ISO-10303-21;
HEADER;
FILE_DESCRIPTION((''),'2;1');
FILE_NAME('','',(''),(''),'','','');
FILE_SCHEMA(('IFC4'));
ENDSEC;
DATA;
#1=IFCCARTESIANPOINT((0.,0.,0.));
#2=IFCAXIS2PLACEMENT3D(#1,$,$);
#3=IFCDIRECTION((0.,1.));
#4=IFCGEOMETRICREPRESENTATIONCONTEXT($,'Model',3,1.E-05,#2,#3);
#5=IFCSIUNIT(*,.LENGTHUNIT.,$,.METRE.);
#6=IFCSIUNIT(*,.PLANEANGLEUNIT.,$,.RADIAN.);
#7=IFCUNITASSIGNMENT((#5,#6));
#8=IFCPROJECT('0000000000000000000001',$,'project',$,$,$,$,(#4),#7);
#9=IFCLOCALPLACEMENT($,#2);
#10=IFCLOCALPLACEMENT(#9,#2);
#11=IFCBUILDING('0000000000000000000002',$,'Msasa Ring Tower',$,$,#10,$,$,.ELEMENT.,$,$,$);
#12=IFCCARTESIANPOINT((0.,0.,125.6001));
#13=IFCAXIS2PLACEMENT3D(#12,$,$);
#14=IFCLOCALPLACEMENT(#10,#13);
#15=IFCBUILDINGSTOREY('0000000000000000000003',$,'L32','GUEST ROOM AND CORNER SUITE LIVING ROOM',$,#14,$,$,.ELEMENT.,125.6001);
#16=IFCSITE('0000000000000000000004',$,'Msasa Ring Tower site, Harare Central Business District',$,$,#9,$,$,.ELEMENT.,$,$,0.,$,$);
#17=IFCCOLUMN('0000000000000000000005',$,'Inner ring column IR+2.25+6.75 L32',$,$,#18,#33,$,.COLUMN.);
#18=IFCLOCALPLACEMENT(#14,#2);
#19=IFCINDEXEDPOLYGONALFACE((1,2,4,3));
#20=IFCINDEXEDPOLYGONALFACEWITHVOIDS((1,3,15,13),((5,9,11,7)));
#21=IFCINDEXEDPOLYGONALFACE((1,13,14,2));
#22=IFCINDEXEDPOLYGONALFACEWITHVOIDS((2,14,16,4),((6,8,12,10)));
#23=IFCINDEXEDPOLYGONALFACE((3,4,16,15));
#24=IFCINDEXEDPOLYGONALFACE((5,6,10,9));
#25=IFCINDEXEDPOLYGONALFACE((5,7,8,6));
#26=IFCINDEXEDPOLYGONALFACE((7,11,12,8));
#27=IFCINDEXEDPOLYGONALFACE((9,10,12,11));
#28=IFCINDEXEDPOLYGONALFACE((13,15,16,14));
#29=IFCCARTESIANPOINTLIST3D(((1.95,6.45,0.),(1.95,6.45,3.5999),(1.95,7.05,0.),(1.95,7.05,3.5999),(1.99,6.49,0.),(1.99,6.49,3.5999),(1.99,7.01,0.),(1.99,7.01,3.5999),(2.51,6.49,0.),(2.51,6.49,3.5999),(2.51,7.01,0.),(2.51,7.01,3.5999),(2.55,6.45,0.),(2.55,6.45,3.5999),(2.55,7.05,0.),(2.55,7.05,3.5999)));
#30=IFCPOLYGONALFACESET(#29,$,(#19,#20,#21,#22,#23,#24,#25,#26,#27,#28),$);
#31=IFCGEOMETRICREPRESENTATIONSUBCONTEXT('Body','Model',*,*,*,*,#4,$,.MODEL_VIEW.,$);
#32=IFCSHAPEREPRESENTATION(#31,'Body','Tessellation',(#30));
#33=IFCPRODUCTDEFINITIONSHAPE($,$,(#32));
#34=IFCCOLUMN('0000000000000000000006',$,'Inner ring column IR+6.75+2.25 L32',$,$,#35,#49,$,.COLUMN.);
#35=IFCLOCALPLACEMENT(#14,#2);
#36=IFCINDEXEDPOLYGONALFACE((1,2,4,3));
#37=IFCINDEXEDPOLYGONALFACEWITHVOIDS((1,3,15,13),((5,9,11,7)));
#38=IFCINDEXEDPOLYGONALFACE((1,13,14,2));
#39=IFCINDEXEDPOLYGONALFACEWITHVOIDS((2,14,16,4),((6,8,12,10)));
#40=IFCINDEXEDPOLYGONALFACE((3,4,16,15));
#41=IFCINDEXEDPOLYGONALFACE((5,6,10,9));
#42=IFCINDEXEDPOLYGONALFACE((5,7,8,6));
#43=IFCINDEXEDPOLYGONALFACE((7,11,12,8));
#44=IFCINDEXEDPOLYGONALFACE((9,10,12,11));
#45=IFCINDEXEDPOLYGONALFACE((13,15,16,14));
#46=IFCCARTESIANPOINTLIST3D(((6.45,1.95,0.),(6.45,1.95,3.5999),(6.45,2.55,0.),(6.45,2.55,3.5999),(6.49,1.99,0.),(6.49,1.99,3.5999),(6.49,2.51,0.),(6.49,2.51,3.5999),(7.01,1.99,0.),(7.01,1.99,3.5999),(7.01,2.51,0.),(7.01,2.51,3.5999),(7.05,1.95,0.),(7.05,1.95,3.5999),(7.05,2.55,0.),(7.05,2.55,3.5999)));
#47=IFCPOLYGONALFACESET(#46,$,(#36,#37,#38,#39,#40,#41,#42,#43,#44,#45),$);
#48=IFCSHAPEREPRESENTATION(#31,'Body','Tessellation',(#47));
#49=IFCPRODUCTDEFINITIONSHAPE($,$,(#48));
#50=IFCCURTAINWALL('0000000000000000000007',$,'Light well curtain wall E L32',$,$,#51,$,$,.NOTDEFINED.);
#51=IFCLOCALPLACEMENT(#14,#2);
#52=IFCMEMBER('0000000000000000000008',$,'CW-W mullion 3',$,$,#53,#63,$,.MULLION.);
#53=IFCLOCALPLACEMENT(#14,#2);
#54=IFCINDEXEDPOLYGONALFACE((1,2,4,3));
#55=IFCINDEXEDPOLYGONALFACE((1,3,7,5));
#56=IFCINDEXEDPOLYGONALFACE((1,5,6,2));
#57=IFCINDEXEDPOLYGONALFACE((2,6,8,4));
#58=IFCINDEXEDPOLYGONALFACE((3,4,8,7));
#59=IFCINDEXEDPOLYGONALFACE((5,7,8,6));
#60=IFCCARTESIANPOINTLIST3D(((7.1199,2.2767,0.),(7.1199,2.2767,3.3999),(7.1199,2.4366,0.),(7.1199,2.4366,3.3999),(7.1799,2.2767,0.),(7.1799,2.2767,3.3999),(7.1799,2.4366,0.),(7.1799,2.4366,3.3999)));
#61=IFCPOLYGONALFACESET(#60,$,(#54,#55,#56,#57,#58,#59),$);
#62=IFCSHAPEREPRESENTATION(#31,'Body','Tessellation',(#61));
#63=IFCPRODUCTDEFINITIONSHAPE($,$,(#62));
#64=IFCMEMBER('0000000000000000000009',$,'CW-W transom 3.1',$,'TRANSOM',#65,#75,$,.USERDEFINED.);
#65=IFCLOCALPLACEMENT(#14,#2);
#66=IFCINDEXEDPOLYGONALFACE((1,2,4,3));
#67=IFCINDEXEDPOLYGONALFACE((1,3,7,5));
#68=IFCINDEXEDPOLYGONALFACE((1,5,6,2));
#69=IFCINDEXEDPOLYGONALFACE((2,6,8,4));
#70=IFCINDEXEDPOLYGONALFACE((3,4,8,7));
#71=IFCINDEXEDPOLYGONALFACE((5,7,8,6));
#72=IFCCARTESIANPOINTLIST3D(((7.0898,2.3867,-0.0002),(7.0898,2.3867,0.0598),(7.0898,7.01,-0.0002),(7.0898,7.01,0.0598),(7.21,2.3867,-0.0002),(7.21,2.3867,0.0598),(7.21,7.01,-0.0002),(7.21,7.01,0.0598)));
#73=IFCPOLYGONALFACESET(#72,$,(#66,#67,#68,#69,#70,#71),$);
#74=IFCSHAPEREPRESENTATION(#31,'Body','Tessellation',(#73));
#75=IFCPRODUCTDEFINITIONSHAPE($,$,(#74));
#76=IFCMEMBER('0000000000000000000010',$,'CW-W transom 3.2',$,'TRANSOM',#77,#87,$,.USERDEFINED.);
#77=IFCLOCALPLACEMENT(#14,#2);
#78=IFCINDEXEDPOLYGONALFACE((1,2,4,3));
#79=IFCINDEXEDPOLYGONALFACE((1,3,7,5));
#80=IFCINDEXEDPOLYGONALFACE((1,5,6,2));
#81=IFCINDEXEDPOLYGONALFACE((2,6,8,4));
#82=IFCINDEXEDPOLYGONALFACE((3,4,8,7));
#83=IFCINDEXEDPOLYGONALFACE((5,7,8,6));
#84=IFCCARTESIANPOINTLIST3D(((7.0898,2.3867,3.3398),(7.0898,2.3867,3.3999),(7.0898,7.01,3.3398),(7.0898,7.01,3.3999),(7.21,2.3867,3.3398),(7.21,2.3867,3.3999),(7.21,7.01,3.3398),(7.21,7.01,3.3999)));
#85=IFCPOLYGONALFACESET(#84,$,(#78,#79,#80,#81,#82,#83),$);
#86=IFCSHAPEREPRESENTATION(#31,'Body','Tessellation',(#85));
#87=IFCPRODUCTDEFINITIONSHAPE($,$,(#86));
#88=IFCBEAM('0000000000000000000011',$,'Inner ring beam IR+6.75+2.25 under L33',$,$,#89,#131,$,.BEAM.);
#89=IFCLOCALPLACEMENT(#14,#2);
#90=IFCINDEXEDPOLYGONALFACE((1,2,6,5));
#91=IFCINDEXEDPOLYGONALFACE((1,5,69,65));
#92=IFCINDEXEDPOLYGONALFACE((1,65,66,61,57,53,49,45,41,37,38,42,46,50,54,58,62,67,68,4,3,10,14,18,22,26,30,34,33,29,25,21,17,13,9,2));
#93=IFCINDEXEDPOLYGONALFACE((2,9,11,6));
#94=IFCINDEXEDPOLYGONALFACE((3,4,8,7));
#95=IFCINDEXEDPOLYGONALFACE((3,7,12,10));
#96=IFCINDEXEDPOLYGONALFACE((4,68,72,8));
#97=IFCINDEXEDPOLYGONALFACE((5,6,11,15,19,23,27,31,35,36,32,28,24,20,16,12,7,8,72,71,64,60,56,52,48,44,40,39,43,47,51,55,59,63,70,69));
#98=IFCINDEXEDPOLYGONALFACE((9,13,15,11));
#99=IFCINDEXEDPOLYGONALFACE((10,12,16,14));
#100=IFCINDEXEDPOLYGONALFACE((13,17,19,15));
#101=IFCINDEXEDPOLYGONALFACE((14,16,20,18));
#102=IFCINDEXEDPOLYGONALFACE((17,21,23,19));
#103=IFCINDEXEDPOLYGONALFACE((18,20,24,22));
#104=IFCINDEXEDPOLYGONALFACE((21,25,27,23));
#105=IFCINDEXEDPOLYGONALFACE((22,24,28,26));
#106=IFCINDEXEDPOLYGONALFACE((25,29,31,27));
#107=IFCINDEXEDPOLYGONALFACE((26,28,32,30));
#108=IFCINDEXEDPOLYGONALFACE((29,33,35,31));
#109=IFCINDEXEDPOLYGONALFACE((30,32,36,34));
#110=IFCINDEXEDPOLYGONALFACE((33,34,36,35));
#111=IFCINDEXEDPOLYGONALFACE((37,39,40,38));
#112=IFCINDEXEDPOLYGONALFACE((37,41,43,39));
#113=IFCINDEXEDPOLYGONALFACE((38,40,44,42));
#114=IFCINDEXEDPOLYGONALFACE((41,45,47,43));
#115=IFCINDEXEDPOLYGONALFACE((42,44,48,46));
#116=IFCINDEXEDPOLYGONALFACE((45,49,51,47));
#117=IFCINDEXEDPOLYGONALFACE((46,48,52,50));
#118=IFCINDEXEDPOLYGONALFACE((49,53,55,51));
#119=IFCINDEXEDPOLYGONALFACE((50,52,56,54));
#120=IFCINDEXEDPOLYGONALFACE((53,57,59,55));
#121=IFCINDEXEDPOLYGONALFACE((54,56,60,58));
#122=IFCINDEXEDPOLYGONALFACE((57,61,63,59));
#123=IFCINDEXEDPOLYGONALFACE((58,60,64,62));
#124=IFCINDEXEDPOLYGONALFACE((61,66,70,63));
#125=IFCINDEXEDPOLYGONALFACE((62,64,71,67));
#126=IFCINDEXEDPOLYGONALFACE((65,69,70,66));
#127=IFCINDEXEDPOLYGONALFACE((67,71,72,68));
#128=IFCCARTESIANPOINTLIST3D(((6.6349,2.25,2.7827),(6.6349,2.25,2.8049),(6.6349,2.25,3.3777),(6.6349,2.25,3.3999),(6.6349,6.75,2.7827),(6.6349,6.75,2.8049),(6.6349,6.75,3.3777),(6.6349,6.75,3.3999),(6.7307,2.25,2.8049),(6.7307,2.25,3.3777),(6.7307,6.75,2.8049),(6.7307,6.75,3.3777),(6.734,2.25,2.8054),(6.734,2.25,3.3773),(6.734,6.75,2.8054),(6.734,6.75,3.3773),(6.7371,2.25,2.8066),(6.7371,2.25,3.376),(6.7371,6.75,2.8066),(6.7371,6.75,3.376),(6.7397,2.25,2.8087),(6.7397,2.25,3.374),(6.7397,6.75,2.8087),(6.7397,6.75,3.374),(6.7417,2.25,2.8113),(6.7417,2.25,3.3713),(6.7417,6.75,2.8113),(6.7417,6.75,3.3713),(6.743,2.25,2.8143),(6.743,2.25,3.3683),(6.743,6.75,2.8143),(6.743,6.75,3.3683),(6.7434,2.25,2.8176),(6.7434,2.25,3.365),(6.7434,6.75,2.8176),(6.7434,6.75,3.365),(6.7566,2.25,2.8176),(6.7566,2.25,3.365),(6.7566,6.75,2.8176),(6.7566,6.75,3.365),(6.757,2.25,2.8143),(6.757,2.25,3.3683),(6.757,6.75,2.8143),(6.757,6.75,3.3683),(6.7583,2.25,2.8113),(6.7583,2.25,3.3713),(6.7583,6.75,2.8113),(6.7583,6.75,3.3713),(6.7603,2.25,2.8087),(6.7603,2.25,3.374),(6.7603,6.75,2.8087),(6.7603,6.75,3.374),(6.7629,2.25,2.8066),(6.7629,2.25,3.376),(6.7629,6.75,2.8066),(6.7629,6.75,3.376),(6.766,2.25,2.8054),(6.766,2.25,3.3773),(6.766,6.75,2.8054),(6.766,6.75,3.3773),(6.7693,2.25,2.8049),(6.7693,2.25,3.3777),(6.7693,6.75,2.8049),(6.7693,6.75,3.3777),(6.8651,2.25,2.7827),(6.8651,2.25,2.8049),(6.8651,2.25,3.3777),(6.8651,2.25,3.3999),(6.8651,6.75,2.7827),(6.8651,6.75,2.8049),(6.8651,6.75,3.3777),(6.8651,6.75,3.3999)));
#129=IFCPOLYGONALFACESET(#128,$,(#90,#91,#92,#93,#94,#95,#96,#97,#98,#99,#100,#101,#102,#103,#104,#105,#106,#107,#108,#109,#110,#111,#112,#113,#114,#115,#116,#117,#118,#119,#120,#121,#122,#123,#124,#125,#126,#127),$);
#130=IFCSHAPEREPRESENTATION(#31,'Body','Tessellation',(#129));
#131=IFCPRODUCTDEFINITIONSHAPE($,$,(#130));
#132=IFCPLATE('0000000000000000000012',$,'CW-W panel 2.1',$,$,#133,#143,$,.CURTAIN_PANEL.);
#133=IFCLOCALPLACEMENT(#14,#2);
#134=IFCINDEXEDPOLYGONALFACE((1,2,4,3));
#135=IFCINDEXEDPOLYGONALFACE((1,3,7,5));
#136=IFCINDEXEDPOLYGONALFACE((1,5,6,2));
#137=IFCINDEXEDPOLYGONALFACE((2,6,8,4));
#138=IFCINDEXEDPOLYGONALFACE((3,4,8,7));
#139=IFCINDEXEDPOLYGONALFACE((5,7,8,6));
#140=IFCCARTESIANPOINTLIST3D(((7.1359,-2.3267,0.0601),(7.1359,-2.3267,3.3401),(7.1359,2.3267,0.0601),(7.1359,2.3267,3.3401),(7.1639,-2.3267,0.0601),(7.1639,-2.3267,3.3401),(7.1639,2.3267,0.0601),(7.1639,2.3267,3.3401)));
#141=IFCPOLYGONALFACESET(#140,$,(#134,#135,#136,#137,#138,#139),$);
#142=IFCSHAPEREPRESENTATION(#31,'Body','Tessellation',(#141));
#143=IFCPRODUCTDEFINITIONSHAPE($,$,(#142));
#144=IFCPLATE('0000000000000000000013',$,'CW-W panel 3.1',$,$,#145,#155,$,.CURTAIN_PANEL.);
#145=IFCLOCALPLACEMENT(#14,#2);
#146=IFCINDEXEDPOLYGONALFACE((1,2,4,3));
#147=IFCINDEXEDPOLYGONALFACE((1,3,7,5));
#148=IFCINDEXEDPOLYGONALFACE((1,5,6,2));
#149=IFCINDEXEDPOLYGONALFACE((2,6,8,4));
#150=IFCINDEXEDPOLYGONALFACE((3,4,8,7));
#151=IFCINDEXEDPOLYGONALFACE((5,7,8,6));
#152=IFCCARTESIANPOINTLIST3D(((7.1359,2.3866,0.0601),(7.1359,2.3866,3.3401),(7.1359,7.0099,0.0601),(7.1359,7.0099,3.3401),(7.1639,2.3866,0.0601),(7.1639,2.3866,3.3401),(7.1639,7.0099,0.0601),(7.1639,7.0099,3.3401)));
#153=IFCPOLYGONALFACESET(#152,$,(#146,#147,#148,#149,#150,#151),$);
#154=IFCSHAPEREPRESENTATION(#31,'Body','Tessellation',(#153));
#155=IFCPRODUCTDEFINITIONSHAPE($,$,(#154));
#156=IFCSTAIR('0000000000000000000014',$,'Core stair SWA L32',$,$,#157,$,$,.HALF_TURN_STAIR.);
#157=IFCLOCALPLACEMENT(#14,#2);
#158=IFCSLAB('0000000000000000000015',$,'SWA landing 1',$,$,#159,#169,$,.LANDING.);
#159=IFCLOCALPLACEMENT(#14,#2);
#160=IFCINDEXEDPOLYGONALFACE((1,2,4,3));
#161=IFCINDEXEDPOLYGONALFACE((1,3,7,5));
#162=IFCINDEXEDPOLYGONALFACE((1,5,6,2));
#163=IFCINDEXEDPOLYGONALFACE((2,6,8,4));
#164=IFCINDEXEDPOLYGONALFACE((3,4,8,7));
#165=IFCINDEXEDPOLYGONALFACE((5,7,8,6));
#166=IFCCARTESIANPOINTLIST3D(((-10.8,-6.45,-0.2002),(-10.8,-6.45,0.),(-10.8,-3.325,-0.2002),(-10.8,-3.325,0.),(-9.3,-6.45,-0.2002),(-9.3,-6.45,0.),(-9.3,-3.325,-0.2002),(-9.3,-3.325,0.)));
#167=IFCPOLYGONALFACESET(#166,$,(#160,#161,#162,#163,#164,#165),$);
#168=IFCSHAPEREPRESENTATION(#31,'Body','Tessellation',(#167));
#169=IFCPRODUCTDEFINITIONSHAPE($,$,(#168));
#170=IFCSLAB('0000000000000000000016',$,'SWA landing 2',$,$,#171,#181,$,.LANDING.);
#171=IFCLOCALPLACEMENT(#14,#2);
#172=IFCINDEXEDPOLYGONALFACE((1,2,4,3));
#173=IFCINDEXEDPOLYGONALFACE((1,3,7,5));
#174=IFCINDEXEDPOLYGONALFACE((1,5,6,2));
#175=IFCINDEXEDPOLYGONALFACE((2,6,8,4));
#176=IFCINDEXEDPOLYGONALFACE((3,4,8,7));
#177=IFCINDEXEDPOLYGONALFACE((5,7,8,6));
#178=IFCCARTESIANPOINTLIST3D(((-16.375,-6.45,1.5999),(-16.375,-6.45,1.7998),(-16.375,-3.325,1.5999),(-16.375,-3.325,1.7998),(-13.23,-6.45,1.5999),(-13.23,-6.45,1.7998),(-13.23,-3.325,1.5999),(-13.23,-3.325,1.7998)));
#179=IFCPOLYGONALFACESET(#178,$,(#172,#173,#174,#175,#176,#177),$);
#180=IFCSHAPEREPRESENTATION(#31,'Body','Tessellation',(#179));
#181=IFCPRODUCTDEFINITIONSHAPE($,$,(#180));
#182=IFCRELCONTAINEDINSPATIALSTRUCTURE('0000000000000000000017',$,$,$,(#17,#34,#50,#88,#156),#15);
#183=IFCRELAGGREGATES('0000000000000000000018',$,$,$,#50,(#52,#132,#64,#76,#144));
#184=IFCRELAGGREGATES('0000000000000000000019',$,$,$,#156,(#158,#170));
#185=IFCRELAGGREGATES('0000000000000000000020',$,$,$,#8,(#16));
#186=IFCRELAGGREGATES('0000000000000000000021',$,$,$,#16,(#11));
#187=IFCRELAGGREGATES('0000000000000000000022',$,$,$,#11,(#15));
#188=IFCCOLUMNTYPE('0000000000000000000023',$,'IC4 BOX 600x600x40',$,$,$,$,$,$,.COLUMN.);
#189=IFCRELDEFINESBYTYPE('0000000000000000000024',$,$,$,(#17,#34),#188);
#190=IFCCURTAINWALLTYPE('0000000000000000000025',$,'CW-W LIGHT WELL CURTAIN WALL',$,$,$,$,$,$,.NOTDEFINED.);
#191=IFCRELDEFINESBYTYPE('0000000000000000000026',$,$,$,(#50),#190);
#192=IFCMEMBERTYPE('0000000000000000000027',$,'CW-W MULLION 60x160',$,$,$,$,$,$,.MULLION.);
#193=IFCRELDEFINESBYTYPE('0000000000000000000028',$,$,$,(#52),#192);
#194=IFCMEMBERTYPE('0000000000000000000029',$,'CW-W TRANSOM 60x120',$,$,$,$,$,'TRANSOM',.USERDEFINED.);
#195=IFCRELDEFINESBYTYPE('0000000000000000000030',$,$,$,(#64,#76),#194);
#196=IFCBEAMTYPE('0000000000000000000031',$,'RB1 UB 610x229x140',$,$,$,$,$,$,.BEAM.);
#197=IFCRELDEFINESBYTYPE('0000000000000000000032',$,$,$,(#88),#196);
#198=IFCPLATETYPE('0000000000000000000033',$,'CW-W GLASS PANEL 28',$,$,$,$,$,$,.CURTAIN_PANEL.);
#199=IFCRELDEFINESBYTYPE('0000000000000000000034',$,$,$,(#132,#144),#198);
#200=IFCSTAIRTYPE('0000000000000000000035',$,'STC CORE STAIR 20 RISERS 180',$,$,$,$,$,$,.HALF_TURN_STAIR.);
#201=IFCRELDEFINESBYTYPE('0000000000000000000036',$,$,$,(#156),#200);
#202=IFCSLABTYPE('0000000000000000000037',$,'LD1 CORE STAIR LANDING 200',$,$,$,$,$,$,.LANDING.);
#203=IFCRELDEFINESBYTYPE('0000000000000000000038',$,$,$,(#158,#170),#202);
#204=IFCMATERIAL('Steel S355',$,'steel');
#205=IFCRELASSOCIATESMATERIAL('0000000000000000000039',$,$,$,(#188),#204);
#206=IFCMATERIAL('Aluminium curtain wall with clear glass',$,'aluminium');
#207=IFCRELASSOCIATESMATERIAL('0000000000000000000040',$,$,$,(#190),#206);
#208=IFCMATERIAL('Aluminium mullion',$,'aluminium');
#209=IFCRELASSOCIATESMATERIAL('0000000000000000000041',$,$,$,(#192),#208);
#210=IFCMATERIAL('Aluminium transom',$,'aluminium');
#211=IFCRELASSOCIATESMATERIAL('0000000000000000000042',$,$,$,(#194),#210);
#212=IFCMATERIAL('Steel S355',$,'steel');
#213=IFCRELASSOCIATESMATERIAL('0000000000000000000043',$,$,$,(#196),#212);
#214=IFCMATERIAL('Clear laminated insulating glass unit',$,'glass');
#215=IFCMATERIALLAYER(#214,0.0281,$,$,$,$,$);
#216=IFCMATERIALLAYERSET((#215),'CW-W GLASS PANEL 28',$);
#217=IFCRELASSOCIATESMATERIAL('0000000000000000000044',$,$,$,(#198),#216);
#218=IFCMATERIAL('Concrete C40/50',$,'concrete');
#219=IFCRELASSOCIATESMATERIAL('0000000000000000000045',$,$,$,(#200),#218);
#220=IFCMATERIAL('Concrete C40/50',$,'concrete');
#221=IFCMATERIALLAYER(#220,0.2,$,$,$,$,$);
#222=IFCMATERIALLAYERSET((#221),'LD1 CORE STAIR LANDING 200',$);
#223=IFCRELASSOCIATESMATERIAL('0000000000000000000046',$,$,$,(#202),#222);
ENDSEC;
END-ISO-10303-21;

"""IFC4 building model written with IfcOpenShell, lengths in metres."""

from ifc_helpers import new_model, si_unit, direction, frame, origin, origin_2d, place, context, subcontext, project, spatial, polyline, rectangle, hollow_rectangle, i_section, outline, extrude, material, layer, layer_set, material_profile, profile_set, type_object, element, aggregate, save


model = new_model("IFC4")

# Units and contexts
model_context = context("Model", 3, precision=1e-05, world=origin(), true_north=direction((0.0, 1.0)))
body_context = subcontext(model_context, "Body", "Model", "MODEL_VIEW")
ifc_project = project(units=[si_unit("LENGTHUNIT", "METRE"), si_unit("PLANEANGLEUNIT", "RADIAN")], contexts=[model_context])

# Site, building, storey
site_placement = place(None, origin())
site = spatial("IfcSite", under=ifc_project, at=site_placement, Name="Msasa Ring Tower site, Harare Central Business District", CompositionType="ELEMENT", RefElevation=0.0)
building_placement = place(site_placement, origin())
building = spatial("IfcBuilding", under=site, at=building_placement, Name="Msasa Ring Tower", CompositionType="ELEMENT")
storey_placement = place(building_placement, frame((0.0, 0.0, 125.6001)))
storey = spatial("IfcBuildingStorey", under=building, at=storey_placement, Name="L32", Description="GUEST ROOM AND CORNER SUITE LIVING ROOM", CompositionType="ELEMENT", Elevation=125.6001)

# Columns
ifc_material_1 = material(Name="Steel S355", Category="steel")
ifc_material_profile_1 = material_profile(ifc_material_1, hollow_rectangle(XDim=0.6001, YDim=0.6001, WallThickness=0.04, at=origin_2d()), Name="BOX 600x600x40")
ifc_profile_set_1 = profile_set([ifc_material_profile_1], Name="Steel S355")
column_type = type_object("IfcColumnType", Name="IC4 BOX 600x600x40", PredefinedType="COLUMN", material=ifc_profile_set_1)
for number, where, z_axis, x_axis, name in (
    (1, (2.25, 6.75, 0.0), (0.0, 0.0, 1.0), (1.0, 0.0, 0.0), "Inner ring column IR+2.25+6.75 L32"),
    (2, (6.75, 2.25, 0.0), (0.0, 0.0, 1.0), (1.0, 0.0, 0.0), "Inner ring column IR+6.75+2.25 L32"),
):
    element("IfcColumn", number, at=place(storey_placement, frame(where, z_axis=z_axis, x_axis=x_axis)), inside=storey, type_object=column_type, Name=name, PredefinedType="COLUMN", context=body_context, shape_type="SweptSolid", body=[
        extrude(hollow_rectangle(XDim=0.6001, YDim=0.6001, WallThickness=0.04, at=origin_2d()), origin(), (0.0, 0.0, 1.0), 3.5999),
    ])

# Curtain wall, members
ifc_material_2 = material(Name="Aluminium curtain wall with clear glass", Category="aluminium")
curtain_wall_type = type_object("IfcCurtainWallType", Name="CW-W LIGHT WELL CURTAIN WALL", PredefinedType="NOTDEFINED", material=ifc_material_2)
curtain_wall_placement = place(storey_placement, origin())
curtain_wall = element("IfcCurtainWall", 3, at=curtain_wall_placement, inside=storey, type_object=curtain_wall_type, Name="Light well curtain wall E L32", PredefinedType="NOTDEFINED")
ifc_material_3 = material(Name="Aluminium mullion", Category="aluminium")
ifc_material_profile_2 = material_profile(ifc_material_3, rectangle(XDim=0.0601, YDim=0.1599, at=origin_2d()), Name="AL 60x160")
ifc_profile_set_2 = profile_set([ifc_material_profile_2], Name="Aluminium mullion")
member_type_1 = type_object("IfcMemberType", Name="CW-W MULLION 60x160", PredefinedType="MULLION", material=ifc_profile_set_2)
member_1_placement = place(storey_placement, frame((7.1499, 2.3567, 0.0), z_axis=(0.0, 0.0, 1.0), x_axis=(-1.0, 0.0, 0.0)))
member_1 = element("IfcMember", 4, at=member_1_placement, type_object=member_type_1, Name="CW-W mullion 3", PredefinedType="MULLION", context=body_context, shape_type="SweptSolid", body=[
    extrude(rectangle(XDim=0.0601, YDim=0.1599, at=origin_2d()), origin(), (0.0, 0.0, 1.0), 3.3999),
])
ifc_material_4 = material(Name="Aluminium transom", Category="aluminium")
ifc_material_profile_3 = material_profile(ifc_material_4, rectangle(XDim=0.1201, YDim=0.0601, at=origin_2d()), Name="AL 60x120")
ifc_profile_set_3 = profile_set([ifc_material_profile_3], Name="Aluminium transom")
member_type_2 = type_object("IfcMemberType", Name="CW-W TRANSOM 60x120", ElementType="TRANSOM", PredefinedType="USERDEFINED", material=ifc_profile_set_3)
member_2_placement = place(storey_placement, frame((7.1499, 2.3867, 0.0298), z_axis=(0.0, 1.0, 0.0), x_axis=(-1.0, 0.0, 0.0)))
member_2 = element("IfcMember", 5, at=member_2_placement, type_object=member_type_2, Name="CW-W transom 3.1", ObjectType="TRANSOM", PredefinedType="USERDEFINED", context=body_context, shape_type="SweptSolid", body=[
    extrude(rectangle(XDim=0.1201, YDim=0.0601, at=origin_2d()), origin(), (0.0, 0.0, 1.0), 4.6233),
])
member_3_placement = place(storey_placement, frame((7.1499, 2.3867, 3.3699), z_axis=(0.0, 1.0, 0.0), x_axis=(-1.0, 0.0, 0.0)))
member_3 = element("IfcMember", 6, at=member_3_placement, type_object=member_type_2, Name="CW-W transom 3.2", ObjectType="TRANSOM", PredefinedType="USERDEFINED", context=body_context, shape_type="SweptSolid", body=[
    extrude(rectangle(XDim=0.1201, YDim=0.0601, at=origin_2d()), origin(), (0.0, 0.0, 1.0), 4.6233),
])

# Beam
ifc_material_5 = material(Name="Steel S355", Category="steel")
ifc_material_profile_4 = material_profile(ifc_material_5, i_section(OverallWidth=0.2302, OverallDepth=0.6172, WebThickness=0.0132, FlangeThickness=0.0222, FilletRadius=0.0127, at=origin_2d()), Name="UB 610x229x140")
ifc_profile_set_4 = profile_set([ifc_material_profile_4], Name="Steel S355")
beam_type = type_object("IfcBeamType", Name="RB1 UB 610x229x140", PredefinedType="BEAM", material=ifc_profile_set_4)
beam_placement = place(storey_placement, frame((6.75, 2.25, 3.0913), z_axis=(0.0, 1.0, 0.0), x_axis=(-1.0, 0.0, 0.0)))
element("IfcBeam", 7, at=beam_placement, inside=storey, type_object=beam_type, Name="Inner ring beam IR+6.75+2.25 under L33", PredefinedType="BEAM", context=body_context, shape_type="SweptSolid", body=[
    extrude(i_section(OverallWidth=0.2302, OverallDepth=0.6172, WebThickness=0.0132, FlangeThickness=0.0222, FilletRadius=0.0127, at=origin_2d()), origin(), (0.0, 0.0, 1.0), 4.5),
])

# Plates
ifc_material_6 = material(Name="Clear laminated insulating glass unit", Category="glass")
ifc_layer_1 = layer(ifc_material_6, 0.0281)
ifc_layer_set_1 = layer_set([ifc_layer_1], Name="CW-W GLASS PANEL 28")
plate_type = type_object("IfcPlateType", Name="CW-W GLASS PANEL 28", PredefinedType="CURTAIN_PANEL", material=ifc_layer_set_1)
plate_1_placement = place(storey_placement, frame((7.1499, 0.0, 0.0601), z_axis=(0.0, 0.0, 1.0), x_axis=(0.0, 1.0, 0.0)))
plate_1 = element("IfcPlate", 8, at=plate_1_placement, type_object=plate_type, Name="CW-W panel 2.1", PredefinedType="CURTAIN_PANEL", context=body_context, shape_type="SweptSolid", body=[
    extrude(rectangle(XDim=4.6533, YDim=0.0281, at=origin_2d()), origin(), (0.0, 0.0, 1.0), 3.28),
])
plate_2_placement = place(storey_placement, frame((7.1499, 4.6982, 0.0601), z_axis=(0.0, 0.0, 1.0), x_axis=(0.0, 1.0, 0.0)))
plate_2 = element("IfcPlate", 9, at=plate_2_placement, type_object=plate_type, Name="CW-W panel 3.1", PredefinedType="CURTAIN_PANEL", context=body_context, shape_type="SweptSolid", body=[
    extrude(rectangle(XDim=4.6233, YDim=0.0281, at=origin_2d()), origin(), (0.0, 0.0, 1.0), 3.28),
])
aggregate(curtain_wall, [member_1, plate_1, member_2, member_3, plate_2])

# Stair, slabs
ifc_material_7 = material(Name="Concrete C40/50", Category="concrete")
stair_type = type_object("IfcStairType", Name="STC CORE STAIR 20 RISERS 180", PredefinedType="HALF_TURN_STAIR", material=ifc_material_7)
stair_1_placement = place(storey_placement, origin())
stair_1 = element("IfcStair", 10, at=stair_1_placement, inside=storey, type_object=stair_type, Name="Core stair SWA L32", PredefinedType="HALF_TURN_STAIR")
ifc_material_8 = material(Name="Concrete C40/50", Category="concrete")
ifc_layer_2 = layer(ifc_material_8, 0.2)
ifc_layer_set_2 = layer_set([ifc_layer_2], Name="LD1 CORE STAIR LANDING 200")
slab_type = type_object("IfcSlabType", Name="LD1 CORE STAIR LANDING 200", PredefinedType="LANDING", material=ifc_layer_set_2)
slab_1_placement = place(storey_placement, frame((0.0, 0.0, -0.2002)))
slab_1 = element("IfcSlab", 11, at=slab_1_placement, type_object=slab_type, Name="SWA landing 1", PredefinedType="LANDING", context=body_context, shape_type="SweptSolid", body=[
    extrude(outline(polyline([(-10.8, -6.45), (-9.3, -6.45), (-9.3, -3.325), (-10.8, -3.325), (-10.8, -6.45)])), origin(), (0.0, 0.0, 1.0), 0.2002),
])
slab_2_placement = place(storey_placement, frame((0.0, 0.0, 1.5999)))
slab_2 = element("IfcSlab", 12, at=slab_2_placement, type_object=slab_type, Name="SWA landing 2", PredefinedType="LANDING", context=body_context, shape_type="SweptSolid", body=[
    extrude(outline(polyline([(-16.375, -6.45), (-13.23, -6.45), (-13.23, -3.325), (-16.375, -3.325), (-16.375, -6.45)])), origin(), (0.0, 0.0, 1.0), 0.2),
])
aggregate(stair_1, [slab_1, slab_2])

save(model, "model.ifc")
